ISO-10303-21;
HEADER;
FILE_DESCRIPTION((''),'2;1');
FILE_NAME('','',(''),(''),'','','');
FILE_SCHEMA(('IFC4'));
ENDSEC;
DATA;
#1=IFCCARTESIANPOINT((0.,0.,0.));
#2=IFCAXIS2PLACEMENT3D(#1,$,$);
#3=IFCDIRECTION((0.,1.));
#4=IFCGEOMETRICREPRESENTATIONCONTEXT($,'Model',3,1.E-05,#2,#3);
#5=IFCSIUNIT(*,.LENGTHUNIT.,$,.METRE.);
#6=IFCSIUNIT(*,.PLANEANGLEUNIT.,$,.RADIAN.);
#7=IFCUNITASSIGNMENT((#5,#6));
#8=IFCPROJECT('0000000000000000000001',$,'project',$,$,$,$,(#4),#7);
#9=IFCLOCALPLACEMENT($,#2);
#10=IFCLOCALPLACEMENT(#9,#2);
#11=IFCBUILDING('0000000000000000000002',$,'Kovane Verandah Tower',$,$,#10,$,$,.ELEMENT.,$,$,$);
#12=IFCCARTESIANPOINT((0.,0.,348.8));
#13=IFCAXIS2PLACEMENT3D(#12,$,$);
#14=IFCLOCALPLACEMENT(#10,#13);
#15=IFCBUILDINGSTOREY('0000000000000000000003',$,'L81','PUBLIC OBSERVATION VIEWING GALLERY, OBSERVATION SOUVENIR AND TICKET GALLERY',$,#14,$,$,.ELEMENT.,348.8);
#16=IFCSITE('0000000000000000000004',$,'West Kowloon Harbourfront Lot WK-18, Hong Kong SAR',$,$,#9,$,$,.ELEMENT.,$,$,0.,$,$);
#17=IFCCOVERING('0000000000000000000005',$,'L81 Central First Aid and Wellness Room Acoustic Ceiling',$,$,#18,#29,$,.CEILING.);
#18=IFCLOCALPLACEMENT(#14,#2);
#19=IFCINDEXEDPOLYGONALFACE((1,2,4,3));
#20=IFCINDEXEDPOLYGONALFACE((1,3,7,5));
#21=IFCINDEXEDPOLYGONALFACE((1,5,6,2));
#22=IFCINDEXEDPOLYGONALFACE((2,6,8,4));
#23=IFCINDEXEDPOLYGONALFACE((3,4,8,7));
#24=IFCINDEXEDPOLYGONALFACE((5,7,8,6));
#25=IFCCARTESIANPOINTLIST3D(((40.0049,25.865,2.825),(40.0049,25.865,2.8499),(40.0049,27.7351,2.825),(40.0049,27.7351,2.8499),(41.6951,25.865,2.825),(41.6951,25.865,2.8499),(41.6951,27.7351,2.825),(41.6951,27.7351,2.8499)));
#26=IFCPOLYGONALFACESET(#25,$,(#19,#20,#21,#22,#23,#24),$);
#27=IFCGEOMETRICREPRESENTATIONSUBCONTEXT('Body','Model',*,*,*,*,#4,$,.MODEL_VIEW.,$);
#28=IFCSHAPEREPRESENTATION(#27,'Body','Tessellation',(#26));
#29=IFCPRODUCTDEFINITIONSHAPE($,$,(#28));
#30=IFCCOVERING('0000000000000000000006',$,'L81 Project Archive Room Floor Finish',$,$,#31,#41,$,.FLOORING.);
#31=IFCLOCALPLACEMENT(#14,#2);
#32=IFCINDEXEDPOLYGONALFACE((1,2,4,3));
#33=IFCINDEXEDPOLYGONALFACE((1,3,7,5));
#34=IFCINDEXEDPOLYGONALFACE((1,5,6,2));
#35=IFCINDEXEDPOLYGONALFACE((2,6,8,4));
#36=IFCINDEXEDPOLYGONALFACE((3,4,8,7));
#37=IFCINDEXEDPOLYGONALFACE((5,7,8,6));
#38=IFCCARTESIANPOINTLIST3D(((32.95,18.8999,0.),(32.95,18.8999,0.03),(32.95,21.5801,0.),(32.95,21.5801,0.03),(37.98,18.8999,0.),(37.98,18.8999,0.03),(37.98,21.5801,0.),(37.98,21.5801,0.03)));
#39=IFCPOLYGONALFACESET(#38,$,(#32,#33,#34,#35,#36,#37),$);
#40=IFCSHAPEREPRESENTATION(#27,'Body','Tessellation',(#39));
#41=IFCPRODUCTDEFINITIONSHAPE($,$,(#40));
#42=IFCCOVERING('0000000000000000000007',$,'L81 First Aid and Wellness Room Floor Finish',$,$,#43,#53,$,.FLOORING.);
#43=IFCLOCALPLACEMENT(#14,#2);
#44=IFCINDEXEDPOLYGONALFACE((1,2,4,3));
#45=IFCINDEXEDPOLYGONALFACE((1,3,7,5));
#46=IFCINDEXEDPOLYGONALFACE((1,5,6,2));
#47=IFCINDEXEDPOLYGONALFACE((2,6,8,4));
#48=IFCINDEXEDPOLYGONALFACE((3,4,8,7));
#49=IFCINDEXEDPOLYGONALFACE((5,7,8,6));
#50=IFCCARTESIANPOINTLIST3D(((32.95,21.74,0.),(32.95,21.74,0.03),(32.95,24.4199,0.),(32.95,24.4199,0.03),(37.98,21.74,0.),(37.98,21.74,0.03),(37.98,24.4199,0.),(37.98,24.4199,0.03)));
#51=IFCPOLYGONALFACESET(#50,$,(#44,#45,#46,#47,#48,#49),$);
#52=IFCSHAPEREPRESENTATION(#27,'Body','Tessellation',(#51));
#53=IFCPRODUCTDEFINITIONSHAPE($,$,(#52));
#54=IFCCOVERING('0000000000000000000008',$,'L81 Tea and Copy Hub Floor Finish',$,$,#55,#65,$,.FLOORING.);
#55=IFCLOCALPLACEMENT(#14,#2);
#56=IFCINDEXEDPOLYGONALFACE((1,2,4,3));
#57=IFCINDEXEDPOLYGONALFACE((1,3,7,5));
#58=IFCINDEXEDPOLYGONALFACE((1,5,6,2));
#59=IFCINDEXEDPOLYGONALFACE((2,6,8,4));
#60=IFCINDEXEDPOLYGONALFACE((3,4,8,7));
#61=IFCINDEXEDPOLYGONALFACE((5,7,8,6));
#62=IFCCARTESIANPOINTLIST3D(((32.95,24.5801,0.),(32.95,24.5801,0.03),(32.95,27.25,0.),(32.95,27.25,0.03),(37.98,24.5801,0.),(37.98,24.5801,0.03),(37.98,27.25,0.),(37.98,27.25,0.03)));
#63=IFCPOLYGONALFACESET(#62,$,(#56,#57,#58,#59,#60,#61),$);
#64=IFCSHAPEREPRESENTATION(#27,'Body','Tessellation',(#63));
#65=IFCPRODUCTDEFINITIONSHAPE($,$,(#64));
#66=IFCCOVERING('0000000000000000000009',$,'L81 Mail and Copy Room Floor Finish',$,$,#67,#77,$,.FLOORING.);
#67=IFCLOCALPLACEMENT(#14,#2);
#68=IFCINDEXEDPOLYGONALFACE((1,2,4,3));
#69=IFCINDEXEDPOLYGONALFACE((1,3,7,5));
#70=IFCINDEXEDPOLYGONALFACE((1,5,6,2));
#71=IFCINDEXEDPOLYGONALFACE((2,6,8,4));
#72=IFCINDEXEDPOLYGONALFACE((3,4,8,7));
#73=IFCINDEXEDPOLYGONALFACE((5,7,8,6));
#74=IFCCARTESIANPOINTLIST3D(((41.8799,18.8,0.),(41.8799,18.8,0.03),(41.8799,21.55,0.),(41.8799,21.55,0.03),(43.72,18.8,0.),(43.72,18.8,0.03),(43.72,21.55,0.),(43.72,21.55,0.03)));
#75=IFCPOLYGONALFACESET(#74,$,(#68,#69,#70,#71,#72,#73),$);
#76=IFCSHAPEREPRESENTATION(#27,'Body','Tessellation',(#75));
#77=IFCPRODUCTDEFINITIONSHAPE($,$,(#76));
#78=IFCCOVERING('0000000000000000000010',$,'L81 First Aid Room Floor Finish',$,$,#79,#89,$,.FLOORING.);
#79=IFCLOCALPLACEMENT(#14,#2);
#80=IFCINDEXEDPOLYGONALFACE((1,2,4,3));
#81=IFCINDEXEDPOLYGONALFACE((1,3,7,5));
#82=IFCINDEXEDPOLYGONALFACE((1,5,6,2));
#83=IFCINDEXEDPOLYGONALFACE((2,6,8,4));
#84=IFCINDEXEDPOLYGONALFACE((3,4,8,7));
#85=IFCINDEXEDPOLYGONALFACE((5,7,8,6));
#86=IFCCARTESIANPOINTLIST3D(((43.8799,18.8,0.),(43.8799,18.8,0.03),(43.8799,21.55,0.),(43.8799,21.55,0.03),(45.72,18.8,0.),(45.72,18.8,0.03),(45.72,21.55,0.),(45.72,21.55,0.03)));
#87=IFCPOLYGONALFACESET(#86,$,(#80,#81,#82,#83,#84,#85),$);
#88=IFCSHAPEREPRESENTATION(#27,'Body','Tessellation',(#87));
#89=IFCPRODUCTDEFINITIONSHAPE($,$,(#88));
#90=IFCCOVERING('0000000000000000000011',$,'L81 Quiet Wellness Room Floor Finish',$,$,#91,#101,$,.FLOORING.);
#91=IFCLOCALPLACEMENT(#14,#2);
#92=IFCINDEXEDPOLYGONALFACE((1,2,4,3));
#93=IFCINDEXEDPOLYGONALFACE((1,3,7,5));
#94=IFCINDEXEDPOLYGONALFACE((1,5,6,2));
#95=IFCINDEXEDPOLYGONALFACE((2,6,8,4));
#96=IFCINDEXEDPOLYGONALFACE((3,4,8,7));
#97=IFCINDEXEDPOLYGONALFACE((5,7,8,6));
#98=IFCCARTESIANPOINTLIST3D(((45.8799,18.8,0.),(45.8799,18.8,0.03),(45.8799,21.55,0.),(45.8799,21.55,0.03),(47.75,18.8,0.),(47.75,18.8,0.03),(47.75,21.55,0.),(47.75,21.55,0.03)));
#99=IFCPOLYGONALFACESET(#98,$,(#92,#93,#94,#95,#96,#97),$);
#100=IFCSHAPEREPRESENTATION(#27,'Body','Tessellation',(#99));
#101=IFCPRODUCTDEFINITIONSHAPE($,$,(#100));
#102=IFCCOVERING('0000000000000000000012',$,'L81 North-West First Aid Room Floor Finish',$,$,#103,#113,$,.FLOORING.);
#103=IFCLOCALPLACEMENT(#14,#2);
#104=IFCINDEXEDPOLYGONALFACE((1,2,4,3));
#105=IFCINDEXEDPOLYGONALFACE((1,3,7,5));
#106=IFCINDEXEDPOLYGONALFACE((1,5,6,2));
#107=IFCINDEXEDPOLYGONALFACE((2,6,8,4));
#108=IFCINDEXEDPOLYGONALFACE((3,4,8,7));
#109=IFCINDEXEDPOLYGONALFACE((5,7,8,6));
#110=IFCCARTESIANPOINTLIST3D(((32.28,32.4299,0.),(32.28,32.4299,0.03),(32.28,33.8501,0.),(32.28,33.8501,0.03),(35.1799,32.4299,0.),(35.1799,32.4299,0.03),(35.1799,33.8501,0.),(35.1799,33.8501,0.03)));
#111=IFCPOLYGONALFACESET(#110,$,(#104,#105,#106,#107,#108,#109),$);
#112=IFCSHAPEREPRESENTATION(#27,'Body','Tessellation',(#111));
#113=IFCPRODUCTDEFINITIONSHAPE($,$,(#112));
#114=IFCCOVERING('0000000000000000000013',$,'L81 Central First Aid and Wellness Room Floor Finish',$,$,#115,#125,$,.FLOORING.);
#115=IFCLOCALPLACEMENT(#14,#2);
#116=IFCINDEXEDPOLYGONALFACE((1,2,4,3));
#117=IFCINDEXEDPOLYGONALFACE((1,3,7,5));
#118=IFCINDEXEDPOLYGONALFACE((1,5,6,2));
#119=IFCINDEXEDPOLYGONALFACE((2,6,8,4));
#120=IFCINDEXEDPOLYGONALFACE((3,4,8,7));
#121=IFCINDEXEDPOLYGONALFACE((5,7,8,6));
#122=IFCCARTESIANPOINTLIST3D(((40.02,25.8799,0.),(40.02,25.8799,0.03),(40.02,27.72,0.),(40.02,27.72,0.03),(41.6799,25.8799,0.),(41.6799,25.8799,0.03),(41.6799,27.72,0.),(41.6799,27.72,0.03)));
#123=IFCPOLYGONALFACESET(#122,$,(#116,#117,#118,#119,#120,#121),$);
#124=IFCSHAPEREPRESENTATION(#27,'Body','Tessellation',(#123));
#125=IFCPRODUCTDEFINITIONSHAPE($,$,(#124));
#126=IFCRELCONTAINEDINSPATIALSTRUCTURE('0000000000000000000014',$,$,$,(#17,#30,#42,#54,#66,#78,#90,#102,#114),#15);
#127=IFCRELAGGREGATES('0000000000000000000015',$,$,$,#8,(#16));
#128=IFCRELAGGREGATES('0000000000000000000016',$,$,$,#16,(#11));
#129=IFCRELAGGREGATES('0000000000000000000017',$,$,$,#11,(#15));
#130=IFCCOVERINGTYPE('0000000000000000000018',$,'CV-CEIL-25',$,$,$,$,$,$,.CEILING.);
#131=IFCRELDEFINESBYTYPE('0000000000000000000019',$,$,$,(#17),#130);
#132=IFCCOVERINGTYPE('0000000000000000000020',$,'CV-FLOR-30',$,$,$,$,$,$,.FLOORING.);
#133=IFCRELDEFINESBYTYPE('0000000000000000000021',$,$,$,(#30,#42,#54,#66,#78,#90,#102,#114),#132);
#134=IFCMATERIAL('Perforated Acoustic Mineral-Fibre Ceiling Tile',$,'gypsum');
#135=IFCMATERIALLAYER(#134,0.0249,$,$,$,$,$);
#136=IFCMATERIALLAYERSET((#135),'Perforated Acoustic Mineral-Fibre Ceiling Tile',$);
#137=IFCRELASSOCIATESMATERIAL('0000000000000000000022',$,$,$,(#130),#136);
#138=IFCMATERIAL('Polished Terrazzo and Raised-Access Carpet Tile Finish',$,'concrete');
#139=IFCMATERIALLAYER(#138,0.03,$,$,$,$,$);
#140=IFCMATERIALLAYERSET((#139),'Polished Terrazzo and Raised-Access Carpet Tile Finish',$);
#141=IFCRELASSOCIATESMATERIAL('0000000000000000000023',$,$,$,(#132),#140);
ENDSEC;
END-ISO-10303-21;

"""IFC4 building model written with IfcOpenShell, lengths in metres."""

from ifc_helpers import new_model, si_unit, direction, frame, origin, place, context, subcontext, project, spatial, polyline, outline, extrude, material, layer, layer_set, type_object, element, save


model = new_model("IFC4")

# Units and contexts
model_context = context("Model", 3, precision=1e-05, world=origin(), true_north=direction((0.0, 1.0)))
body_context = subcontext(model_context, "Body", "Model", "MODEL_VIEW")
ifc_project = project(units=[si_unit("LENGTHUNIT", "METRE"), si_unit("PLANEANGLEUNIT", "RADIAN")], contexts=[model_context])

# Site, building, storey
site_placement = place(None, origin())
site = spatial("IfcSite", under=ifc_project, at=site_placement, Name="West Kowloon Harbourfront Lot WK-18, Hong Kong SAR", CompositionType="ELEMENT", RefElevation=0.0)
building_placement = place(site_placement, origin())
building = spatial("IfcBuilding", under=site, at=building_placement, Name="Kovane Verandah Tower", CompositionType="ELEMENT")
storey_placement = place(building_placement, frame((0.0, 0.0, 348.8)))
storey = spatial("IfcBuildingStorey", under=building, at=storey_placement, Name="L81", Description="PUBLIC OBSERVATION VIEWING GALLERY, OBSERVATION SOUVENIR AND TICKET GALLERY", CompositionType="ELEMENT", Elevation=348.8)

# Coverings
ifc_material_1 = material(Name="Perforated Acoustic Mineral-Fibre Ceiling Tile", Category="gypsum")
ifc_layer_1 = layer(ifc_material_1, 0.0249)
ifc_layer_set_1 = layer_set([ifc_layer_1], Name="Perforated Acoustic Mineral-Fibre Ceiling Tile")
covering_type_1 = type_object("IfcCoveringType", Name="CV-CEIL-25", PredefinedType="CEILING", material=ifc_layer_set_1)
covering_1_placement = place(storey_placement, frame((0.0, 0.0, 2.825)))
element("IfcCovering", 1, at=covering_1_placement, inside=storey, type_object=covering_type_1, Name="L81 Central First Aid and Wellness Room Acoustic Ceiling", PredefinedType="CEILING", context=body_context, shape_type="SweptSolid", body=[
    extrude(outline(polyline([(40.0049, 25.865), (41.6951, 25.865), (41.6951, 27.7351), (40.0049, 27.7351), (40.0049, 25.865)])), origin(), (0.0, 0.0, 1.0), 0.0249),
])
ifc_material_2 = material(Name="Polished Terrazzo and Raised-Access Carpet Tile Finish", Category="concrete")
ifc_layer_2 = layer(ifc_material_2, 0.03)
ifc_layer_set_2 = layer_set([ifc_layer_2], Name="Polished Terrazzo and Raised-Access Carpet Tile Finish")
covering_type_2 = type_object("IfcCoveringType", Name="CV-FLOR-30", PredefinedType="FLOORING", material=ifc_layer_set_2)
covering_2_placement = place(storey_placement, origin())
element("IfcCovering", 2, at=covering_2_placement, inside=storey, type_object=covering_type_2, Name="L81 Project Archive Room Floor Finish", PredefinedType="FLOORING", context=body_context, shape_type="SweptSolid", body=[
    extrude(outline(polyline([(32.95, 18.8999), (37.98, 18.8999), (37.98, 21.5801), (32.95, 21.5801), (32.95, 18.8999)])), origin(), (0.0, 0.0, 1.0), 0.03),
])
covering_3_placement = place(storey_placement, origin())
element("IfcCovering", 3, at=covering_3_placement, inside=storey, type_object=covering_type_2, Name="L81 First Aid and Wellness Room Floor Finish", PredefinedType="FLOORING", context=body_context, shape_type="SweptSolid", body=[
    extrude(outline(polyline([(32.95, 21.74), (37.98, 21.74), (37.98, 24.4199), (32.95, 24.4199), (32.95, 21.74)])), origin(), (0.0, 0.0, 1.0), 0.03),
])
covering_4_placement = place(storey_placement, origin())
element("IfcCovering", 4, at=covering_4_placement, inside=storey, type_object=covering_type_2, Name="L81 Tea and Copy Hub Floor Finish", PredefinedType="FLOORING", context=body_context, shape_type="SweptSolid", body=[
    extrude(outline(polyline([(32.95, 24.5801), (37.98, 24.5801), (37.98, 27.25), (32.95, 27.25), (32.95, 24.5801)])), origin(), (0.0, 0.0, 1.0), 0.03),
])
covering_5_placement = place(storey_placement, origin())
element("IfcCovering", 5, at=covering_5_placement, inside=storey, type_object=covering_type_2, Name="L81 Mail and Copy Room Floor Finish", PredefinedType="FLOORING", context=body_context, shape_type="SweptSolid", body=[
    extrude(outline(polyline([(41.8799, 18.8), (43.72, 18.8), (43.72, 21.55), (41.8799, 21.55), (41.8799, 18.8)])), origin(), (0.0, 0.0, 1.0), 0.03),
])
covering_6_placement = place(storey_placement, origin())
element("IfcCovering", 6, at=covering_6_placement, inside=storey, type_object=covering_type_2, Name="L81 First Aid Room Floor Finish", PredefinedType="FLOORING", context=body_context, shape_type="SweptSolid", body=[
    extrude(outline(polyline([(43.8799, 18.8), (45.72, 18.8), (45.72, 21.55), (43.8799, 21.55), (43.8799, 18.8)])), origin(), (0.0, 0.0, 1.0), 0.03),
])
covering_7_placement = place(storey_placement, origin())
element("IfcCovering", 7, at=covering_7_placement, inside=storey, type_object=covering_type_2, Name="L81 Quiet Wellness Room Floor Finish", PredefinedType="FLOORING", context=body_context, shape_type="SweptSolid", body=[
    extrude(outline(polyline([(45.8799, 18.8), (47.75, 18.8), (47.75, 21.55), (45.8799, 21.55), (45.8799, 18.8)])), origin(), (0.0, 0.0, 1.0), 0.03),
])
covering_8_placement = place(storey_placement, origin())
element("IfcCovering", 8, at=covering_8_placement, inside=storey, type_object=covering_type_2, Name="L81 North-West First Aid Room Floor Finish", PredefinedType="FLOORING", context=body_context, shape_type="SweptSolid", body=[
    extrude(outline(polyline([(32.28, 32.4299), (35.1799, 32.4299), (35.1799, 33.8501), (32.28, 33.8501), (32.28, 32.4299)])), origin(), (0.0, 0.0, 1.0), 0.03),
])
covering_9_placement = place(storey_placement, origin())
element("IfcCovering", 9, at=covering_9_placement, inside=storey, type_object=covering_type_2, Name="L81 Central First Aid and Wellness Room Floor Finish", PredefinedType="FLOORING", context=body_context, shape_type="SweptSolid", body=[
    extrude(outline(polyline([(40.02, 25.8799), (41.6799, 25.8799), (41.6799, 27.72), (40.02, 27.72), (40.02, 25.8799)])), origin(), (0.0, 0.0, 1.0), 0.03),
])

save(model, "model.ifc")
